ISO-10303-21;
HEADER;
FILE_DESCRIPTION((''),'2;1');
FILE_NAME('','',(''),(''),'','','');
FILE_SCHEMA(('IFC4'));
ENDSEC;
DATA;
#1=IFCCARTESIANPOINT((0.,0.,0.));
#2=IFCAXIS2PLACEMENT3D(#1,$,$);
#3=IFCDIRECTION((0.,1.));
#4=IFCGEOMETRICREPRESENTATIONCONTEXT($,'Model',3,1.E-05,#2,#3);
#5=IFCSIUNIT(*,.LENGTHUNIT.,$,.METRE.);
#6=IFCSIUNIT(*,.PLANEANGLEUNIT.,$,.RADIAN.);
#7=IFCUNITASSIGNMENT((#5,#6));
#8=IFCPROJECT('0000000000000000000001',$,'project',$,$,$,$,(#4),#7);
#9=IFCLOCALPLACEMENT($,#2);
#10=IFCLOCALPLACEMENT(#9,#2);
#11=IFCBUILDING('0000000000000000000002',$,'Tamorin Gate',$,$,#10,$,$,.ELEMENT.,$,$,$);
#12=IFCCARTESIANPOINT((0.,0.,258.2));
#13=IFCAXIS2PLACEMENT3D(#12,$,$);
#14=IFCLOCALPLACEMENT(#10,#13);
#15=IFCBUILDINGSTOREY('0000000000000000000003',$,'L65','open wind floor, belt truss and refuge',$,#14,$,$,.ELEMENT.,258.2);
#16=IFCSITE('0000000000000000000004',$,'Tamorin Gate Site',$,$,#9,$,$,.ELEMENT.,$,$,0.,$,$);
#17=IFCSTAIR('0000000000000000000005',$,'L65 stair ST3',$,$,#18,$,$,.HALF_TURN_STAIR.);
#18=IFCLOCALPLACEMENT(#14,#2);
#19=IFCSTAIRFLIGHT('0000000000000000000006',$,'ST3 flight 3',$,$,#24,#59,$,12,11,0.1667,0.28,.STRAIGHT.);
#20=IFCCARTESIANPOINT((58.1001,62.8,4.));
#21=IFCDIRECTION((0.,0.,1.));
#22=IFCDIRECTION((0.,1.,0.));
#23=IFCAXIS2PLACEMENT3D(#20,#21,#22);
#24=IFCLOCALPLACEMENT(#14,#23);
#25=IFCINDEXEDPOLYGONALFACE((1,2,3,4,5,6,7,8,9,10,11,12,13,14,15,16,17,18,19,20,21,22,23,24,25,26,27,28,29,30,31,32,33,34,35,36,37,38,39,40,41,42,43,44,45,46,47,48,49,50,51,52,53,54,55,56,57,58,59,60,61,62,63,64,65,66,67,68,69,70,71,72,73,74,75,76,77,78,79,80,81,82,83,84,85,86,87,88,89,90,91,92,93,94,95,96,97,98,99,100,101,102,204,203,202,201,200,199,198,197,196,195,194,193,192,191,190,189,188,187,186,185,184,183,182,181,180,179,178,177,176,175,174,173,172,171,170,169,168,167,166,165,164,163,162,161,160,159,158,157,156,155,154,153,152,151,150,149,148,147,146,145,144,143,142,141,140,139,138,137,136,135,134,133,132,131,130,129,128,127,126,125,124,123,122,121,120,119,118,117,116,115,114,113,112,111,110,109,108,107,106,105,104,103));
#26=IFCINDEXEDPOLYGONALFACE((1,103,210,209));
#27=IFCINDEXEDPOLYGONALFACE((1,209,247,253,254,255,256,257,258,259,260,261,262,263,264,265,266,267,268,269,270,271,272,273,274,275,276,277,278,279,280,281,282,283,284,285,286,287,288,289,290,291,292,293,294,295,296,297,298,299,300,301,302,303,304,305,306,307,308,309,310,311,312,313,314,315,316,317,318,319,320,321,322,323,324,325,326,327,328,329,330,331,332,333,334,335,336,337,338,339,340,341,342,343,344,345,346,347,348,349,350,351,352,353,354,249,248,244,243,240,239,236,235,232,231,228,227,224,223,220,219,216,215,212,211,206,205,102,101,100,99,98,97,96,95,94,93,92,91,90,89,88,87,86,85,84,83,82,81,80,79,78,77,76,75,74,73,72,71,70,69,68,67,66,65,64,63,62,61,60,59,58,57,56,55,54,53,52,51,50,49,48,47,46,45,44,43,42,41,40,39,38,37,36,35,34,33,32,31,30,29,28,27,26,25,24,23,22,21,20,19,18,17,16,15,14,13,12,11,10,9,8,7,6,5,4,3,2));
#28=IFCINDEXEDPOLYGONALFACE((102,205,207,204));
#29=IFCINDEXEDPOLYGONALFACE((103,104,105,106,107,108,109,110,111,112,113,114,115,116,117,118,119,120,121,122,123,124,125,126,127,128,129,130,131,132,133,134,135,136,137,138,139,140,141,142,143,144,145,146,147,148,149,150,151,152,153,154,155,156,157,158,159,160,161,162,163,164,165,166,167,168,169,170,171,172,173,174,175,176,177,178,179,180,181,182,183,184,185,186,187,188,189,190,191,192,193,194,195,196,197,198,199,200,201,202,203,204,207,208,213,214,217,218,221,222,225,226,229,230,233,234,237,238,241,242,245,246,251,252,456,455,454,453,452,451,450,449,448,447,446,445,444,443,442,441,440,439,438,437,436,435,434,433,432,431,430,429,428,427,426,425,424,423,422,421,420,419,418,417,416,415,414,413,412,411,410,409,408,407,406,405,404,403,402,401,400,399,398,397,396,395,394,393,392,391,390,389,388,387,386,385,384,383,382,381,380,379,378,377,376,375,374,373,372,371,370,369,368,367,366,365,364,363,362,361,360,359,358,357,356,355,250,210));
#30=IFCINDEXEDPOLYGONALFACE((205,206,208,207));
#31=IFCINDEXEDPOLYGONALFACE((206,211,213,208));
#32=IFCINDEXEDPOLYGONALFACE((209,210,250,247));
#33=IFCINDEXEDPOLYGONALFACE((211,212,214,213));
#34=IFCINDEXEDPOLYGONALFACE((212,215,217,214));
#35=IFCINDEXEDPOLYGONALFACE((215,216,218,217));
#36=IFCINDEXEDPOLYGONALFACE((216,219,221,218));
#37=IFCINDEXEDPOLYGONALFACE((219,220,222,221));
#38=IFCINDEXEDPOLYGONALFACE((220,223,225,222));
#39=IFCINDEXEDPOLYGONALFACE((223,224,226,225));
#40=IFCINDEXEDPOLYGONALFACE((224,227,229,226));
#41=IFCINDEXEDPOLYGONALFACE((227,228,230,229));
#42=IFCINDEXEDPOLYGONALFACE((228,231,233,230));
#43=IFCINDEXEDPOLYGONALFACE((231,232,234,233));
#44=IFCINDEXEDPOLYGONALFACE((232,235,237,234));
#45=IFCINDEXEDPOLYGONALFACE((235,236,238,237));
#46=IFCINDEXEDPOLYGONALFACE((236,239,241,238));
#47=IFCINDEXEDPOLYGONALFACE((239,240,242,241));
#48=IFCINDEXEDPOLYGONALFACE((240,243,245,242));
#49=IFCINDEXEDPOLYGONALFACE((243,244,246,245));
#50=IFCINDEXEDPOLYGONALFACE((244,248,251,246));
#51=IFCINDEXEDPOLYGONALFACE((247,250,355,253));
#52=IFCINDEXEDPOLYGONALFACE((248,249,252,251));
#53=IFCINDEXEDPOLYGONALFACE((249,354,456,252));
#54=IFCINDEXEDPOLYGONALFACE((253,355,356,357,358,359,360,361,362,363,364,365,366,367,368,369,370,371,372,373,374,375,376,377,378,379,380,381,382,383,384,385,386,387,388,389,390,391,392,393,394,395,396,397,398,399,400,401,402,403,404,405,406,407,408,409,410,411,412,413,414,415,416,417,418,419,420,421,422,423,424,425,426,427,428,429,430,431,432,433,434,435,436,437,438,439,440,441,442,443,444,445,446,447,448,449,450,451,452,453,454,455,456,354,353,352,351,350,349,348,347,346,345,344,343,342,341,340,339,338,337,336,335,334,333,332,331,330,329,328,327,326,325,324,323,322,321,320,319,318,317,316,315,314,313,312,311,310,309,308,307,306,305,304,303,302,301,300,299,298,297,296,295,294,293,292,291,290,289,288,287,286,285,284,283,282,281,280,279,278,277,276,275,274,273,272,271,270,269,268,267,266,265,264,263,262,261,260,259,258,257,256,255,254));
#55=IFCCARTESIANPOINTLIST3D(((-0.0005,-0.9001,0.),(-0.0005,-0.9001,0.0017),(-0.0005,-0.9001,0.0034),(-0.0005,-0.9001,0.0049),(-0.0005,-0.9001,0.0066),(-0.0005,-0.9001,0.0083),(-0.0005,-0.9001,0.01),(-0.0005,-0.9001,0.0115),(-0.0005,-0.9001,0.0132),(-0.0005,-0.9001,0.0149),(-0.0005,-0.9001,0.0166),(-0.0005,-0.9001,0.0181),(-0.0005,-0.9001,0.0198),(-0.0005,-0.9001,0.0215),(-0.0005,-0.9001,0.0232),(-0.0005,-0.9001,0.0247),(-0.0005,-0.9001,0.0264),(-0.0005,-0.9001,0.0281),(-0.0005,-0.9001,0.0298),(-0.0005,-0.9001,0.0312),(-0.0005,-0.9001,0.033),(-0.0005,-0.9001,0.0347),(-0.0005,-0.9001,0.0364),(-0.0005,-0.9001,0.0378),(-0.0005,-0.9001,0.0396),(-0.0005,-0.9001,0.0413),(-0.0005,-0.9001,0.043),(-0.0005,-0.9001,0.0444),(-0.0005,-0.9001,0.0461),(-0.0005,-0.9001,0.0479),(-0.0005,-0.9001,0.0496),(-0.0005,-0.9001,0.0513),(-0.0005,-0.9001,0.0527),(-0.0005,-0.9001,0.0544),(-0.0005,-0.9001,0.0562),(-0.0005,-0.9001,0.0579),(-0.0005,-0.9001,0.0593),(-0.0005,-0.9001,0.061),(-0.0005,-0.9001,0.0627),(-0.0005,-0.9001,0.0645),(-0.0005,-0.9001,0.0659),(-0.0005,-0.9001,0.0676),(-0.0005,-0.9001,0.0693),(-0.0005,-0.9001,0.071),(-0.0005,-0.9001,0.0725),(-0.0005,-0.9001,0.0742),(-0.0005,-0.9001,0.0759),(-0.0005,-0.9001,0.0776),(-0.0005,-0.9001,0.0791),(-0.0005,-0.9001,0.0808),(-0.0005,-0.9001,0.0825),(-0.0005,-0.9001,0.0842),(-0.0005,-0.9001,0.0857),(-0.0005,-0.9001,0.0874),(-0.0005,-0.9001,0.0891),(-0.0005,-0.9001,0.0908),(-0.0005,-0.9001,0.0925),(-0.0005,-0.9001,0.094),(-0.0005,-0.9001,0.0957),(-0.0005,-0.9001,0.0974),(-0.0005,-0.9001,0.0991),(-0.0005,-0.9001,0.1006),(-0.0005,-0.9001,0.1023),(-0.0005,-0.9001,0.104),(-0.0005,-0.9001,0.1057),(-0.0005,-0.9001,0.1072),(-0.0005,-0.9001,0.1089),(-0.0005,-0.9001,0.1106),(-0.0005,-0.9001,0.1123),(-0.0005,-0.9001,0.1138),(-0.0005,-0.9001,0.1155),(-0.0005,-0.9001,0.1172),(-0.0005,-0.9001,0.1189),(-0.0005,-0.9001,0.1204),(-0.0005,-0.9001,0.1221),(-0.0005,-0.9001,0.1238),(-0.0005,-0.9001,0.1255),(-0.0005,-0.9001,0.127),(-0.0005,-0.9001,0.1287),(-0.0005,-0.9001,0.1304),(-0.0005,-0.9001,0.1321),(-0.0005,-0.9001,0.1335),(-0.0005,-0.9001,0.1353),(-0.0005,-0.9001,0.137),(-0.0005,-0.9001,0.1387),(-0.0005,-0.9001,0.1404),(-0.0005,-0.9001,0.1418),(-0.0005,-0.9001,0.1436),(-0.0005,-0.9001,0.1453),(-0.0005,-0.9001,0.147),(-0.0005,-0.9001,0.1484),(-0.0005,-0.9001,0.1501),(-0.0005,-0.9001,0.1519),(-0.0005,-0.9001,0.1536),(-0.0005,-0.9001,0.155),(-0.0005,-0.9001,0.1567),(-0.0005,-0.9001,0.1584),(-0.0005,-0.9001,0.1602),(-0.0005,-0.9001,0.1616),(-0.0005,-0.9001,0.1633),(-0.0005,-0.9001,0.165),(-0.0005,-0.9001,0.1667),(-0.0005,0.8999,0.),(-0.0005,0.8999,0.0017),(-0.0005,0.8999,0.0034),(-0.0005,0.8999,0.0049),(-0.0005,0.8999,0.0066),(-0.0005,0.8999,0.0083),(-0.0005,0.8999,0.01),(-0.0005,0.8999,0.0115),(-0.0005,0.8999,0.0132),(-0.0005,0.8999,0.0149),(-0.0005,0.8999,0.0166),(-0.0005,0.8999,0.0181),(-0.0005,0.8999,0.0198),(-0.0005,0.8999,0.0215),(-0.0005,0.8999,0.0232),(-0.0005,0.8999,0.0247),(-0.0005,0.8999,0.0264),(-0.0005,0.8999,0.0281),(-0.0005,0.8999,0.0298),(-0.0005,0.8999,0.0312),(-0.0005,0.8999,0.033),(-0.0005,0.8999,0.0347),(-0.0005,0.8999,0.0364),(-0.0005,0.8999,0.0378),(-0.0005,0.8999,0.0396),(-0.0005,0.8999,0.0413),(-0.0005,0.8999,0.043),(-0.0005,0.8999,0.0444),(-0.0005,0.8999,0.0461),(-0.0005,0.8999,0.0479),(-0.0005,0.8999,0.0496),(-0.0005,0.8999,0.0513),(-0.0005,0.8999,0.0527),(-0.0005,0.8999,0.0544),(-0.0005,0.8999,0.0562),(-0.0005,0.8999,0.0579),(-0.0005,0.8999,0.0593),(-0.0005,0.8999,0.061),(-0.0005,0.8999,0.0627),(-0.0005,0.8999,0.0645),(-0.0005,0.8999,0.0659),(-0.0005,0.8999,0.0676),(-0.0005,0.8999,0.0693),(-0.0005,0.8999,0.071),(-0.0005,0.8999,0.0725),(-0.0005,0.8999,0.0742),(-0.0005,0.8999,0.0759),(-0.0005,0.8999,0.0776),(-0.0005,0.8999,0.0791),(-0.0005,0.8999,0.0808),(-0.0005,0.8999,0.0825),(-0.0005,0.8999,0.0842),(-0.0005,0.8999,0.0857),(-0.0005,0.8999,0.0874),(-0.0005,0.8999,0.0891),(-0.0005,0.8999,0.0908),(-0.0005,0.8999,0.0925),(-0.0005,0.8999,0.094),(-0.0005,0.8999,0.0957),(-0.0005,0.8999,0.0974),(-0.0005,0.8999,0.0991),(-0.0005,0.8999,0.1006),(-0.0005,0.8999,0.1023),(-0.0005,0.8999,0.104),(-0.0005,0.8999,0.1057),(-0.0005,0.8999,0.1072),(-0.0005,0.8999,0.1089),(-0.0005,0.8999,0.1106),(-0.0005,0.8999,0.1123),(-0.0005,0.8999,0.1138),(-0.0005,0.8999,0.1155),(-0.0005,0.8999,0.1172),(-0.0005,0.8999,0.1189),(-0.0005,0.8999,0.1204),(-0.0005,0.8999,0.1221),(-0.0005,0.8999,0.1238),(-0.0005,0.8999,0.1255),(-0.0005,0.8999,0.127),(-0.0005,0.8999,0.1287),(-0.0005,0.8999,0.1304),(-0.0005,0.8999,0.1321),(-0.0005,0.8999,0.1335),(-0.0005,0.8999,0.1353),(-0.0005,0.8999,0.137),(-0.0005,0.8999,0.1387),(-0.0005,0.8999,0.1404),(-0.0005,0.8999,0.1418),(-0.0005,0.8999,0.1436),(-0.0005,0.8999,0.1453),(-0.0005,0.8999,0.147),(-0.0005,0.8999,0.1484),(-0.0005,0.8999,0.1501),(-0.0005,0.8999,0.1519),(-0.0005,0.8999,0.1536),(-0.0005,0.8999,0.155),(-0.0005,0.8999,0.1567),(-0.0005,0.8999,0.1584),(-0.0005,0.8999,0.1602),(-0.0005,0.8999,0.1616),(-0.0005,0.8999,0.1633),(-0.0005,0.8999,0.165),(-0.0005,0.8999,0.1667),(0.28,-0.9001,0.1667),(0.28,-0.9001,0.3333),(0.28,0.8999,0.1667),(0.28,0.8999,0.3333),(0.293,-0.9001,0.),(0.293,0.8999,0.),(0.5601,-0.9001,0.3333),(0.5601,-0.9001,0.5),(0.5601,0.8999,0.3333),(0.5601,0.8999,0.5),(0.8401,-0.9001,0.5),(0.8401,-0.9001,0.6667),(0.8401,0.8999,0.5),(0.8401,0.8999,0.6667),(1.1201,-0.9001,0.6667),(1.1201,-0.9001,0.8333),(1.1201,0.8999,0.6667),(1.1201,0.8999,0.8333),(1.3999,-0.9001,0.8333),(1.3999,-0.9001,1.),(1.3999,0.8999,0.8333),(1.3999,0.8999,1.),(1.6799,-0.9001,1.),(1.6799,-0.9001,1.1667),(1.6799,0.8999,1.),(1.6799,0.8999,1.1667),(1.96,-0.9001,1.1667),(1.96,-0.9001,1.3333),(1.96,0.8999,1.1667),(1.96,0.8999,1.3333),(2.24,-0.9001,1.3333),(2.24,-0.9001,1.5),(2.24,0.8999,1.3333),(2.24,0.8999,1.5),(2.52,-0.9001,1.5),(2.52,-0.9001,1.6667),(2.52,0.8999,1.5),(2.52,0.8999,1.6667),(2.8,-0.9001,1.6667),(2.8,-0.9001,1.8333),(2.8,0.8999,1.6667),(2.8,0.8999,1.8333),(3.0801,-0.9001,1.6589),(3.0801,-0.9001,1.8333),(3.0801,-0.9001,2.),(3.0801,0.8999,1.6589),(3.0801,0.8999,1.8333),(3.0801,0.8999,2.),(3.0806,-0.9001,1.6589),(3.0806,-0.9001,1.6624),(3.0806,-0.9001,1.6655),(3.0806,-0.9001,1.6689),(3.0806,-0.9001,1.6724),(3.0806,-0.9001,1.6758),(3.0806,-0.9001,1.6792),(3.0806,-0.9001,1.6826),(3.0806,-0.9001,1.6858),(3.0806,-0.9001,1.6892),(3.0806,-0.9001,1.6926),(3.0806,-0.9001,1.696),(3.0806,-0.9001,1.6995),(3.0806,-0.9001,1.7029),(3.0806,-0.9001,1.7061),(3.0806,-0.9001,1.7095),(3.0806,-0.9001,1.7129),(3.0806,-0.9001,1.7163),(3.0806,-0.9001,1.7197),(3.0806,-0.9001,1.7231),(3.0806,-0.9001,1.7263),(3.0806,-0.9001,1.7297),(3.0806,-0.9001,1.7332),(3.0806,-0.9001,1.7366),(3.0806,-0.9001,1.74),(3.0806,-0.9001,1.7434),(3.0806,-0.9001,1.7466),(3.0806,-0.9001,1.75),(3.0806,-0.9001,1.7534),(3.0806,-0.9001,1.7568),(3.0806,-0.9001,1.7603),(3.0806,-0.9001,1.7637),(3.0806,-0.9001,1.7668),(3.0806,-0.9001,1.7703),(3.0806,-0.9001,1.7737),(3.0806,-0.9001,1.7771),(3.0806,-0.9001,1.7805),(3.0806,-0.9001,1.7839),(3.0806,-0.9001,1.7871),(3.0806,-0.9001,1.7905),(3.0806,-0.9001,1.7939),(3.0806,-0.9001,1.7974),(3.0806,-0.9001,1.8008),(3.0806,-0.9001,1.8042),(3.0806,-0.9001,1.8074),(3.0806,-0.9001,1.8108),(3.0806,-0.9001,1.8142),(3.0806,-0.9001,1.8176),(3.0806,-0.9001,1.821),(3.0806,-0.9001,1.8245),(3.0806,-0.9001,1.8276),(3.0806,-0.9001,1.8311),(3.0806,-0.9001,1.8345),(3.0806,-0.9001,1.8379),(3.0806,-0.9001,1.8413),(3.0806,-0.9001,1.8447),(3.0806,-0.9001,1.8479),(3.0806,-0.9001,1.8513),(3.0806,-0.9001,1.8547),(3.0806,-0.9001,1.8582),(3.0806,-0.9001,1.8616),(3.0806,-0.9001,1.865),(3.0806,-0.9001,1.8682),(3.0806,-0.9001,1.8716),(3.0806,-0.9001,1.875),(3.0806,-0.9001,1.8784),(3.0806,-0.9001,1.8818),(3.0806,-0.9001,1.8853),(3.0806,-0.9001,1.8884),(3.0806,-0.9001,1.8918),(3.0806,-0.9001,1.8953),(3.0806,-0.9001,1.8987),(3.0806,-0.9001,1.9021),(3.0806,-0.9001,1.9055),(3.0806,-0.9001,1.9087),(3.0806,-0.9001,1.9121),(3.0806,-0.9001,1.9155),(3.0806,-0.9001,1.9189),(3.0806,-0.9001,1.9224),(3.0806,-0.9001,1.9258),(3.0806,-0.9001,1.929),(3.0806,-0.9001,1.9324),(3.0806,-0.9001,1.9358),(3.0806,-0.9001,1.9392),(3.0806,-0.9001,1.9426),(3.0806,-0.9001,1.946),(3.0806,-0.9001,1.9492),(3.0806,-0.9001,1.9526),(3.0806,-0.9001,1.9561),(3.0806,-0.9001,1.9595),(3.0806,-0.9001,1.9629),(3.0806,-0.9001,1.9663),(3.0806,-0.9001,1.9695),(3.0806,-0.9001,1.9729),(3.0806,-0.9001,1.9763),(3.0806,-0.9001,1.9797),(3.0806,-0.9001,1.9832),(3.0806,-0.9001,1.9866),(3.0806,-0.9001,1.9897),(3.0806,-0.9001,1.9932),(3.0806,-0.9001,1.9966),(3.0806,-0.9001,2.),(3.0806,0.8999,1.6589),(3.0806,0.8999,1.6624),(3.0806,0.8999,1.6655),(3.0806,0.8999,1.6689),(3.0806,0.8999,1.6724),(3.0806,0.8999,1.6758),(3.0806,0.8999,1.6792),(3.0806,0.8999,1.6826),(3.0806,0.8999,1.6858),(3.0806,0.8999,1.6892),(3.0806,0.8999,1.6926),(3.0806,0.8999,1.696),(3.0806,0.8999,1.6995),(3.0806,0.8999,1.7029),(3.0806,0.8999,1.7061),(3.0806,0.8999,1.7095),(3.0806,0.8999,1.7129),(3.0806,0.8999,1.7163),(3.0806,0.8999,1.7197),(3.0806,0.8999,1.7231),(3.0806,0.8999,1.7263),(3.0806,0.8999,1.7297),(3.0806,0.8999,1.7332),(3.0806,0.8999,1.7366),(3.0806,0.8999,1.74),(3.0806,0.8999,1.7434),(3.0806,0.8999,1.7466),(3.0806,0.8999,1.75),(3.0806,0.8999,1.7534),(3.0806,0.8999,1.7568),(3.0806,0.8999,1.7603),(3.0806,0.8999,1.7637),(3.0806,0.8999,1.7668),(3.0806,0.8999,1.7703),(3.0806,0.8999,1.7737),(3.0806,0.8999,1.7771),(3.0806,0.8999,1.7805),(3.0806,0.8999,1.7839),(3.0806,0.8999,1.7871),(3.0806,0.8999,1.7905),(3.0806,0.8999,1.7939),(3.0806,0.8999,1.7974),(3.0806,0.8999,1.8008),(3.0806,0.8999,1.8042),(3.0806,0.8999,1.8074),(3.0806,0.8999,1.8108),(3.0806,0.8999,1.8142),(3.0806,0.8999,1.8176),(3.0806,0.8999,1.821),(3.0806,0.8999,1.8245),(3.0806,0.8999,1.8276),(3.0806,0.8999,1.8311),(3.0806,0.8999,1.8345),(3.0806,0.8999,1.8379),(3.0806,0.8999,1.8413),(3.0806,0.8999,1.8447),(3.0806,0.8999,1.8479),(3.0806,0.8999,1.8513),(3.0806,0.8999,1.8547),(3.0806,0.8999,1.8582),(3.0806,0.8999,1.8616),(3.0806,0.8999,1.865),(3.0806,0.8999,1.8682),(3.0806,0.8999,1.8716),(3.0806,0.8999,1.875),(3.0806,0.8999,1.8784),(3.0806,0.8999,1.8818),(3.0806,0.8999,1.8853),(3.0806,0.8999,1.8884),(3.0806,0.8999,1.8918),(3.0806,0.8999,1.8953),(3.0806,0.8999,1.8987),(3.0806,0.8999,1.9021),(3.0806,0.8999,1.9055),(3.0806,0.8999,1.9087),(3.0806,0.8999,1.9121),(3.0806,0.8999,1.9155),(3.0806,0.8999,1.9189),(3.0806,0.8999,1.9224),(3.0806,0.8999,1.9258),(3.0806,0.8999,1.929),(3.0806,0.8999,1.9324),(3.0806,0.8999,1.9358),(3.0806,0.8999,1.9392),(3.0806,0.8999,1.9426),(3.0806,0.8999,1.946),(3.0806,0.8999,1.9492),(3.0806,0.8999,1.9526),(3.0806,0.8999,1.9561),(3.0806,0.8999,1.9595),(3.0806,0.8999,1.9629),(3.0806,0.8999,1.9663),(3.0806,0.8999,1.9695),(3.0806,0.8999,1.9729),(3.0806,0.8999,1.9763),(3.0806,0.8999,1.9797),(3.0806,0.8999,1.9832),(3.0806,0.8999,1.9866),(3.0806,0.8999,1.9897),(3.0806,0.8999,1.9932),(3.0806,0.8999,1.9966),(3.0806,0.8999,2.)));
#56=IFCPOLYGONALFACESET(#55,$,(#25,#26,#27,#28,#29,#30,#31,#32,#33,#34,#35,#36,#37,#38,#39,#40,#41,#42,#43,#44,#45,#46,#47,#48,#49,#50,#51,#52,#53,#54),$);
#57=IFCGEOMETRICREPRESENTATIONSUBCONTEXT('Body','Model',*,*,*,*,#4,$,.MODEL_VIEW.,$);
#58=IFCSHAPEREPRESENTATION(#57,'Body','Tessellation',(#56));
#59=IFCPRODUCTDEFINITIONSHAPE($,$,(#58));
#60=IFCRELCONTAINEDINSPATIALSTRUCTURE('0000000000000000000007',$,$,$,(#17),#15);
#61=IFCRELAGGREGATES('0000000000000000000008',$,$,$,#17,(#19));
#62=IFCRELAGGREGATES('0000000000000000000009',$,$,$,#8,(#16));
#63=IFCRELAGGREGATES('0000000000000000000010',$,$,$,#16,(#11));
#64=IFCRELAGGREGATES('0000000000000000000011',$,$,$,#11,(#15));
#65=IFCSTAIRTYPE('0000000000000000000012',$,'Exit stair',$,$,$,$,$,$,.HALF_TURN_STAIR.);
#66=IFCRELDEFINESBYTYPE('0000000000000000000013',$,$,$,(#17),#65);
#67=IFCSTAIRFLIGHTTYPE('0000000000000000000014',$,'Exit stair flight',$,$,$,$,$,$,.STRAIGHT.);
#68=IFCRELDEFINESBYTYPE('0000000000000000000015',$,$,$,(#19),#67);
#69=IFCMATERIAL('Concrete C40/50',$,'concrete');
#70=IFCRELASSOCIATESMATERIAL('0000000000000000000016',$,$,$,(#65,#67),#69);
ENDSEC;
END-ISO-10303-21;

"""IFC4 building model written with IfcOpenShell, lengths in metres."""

from ifc_helpers import new_model, si_unit, direction, frame, origin, place, context, subcontext, project, spatial, polyline, outline, extrude, material, type_object, element, aggregate, save


model = new_model("IFC4")

# Units and contexts
model_context = context("Model", 3, precision=1e-05, world=origin(), true_north=direction((0.0, 1.0)))
body_context = subcontext(model_context, "Body", "Model", "MODEL_VIEW")
ifc_project = project(units=[si_unit("LENGTHUNIT", "METRE"), si_unit("PLANEANGLEUNIT", "RADIAN")], contexts=[model_context])

# Site, building, storey
site_placement = place(None, origin())
site = spatial("IfcSite", under=ifc_project, at=site_placement, Name="Tamorin Gate Site", CompositionType="ELEMENT", RefElevation=0.0)
building_placement = place(site_placement, origin())
building = spatial("IfcBuilding", under=site, at=building_placement, Name="Tamorin Gate", CompositionType="ELEMENT")
storey_placement = place(building_placement, frame((0.0, 0.0, 258.2)))
storey = spatial("IfcBuildingStorey", under=building, at=storey_placement, Name="L65", Description="open wind floor, belt truss and refuge", CompositionType="ELEMENT", Elevation=258.2)

# Shared definitions
ifc_material_1 = material(Name="Concrete C40/50", Category="concrete")

# Stair, stair flight
stair_type = type_object("IfcStairType", Name="Exit stair", PredefinedType="HALF_TURN_STAIR", material=ifc_material_1)
stair_placement = place(storey_placement, origin())
stair = element("IfcStair", 1, at=stair_placement, inside=storey, type_object=stair_type, Name="L65 stair ST3", PredefinedType="HALF_TURN_STAIR")
stair_flight_type = type_object("IfcStairFlightType", Name="Exit stair flight", PredefinedType="STRAIGHT", material=ifc_material_1)
stair_flight_1_placement = place(storey_placement, frame((58.1001, 62.8, 4.0), z_axis=(0.0, 0.0, 1.0), x_axis=(0.0, 1.0, 0.0)))
stair_flight_1 = element("IfcStairFlight", 2, at=stair_flight_1_placement, type_object=stair_flight_type, Name="ST3 flight 3", NumberOfRisers=12, NumberOfTreads=11, PredefinedType="STRAIGHT", RiserHeight=0.1667, TreadLength=0.28, context=body_context, shape_type="SweptSolid", body=[
    extrude(outline(polyline([(-0.0005, 0.0), (-0.0005, 0.0017), (-0.0005, 0.0034), (-0.0005, 0.0049), (-0.0005, 0.0066), (-0.0005, 0.0083), (-0.0005, 0.01), (-0.0005, 0.0115), (-0.0005, 0.0132), (-0.0005, 0.0149), (-0.0005, 0.0166), (-0.0005, 0.0181), (-0.0005, 0.0198), (-0.0005, 0.0215), (-0.0005, 0.0232), (-0.0005, 0.0247), (-0.0005, 0.0264), (-0.0005, 0.0281), (-0.0005, 0.0298), (-0.0005, 0.0312), (-0.0005, 0.033), (-0.0005, 0.0347), (-0.0005, 0.0364), (-0.0005, 0.0378), (-0.0005, 0.0396), (-0.0005, 0.0413), (-0.0005, 0.043), (-0.0005, 0.0444), (-0.0005, 0.0461), (-0.0005, 0.0479), (-0.0005, 0.0496), (-0.0005, 0.0513), (-0.0005, 0.0527), (-0.0005, 0.0544), (-0.0005, 0.0562), (-0.0005, 0.0579), (-0.0005, 0.0593), (-0.0005, 0.061), (-0.0005, 0.0627), (-0.0005, 0.0645), (-0.0005, 0.0659), (-0.0005, 0.0676), (-0.0005, 0.0693), (-0.0005, 0.071), (-0.0005, 0.0725), (-0.0005, 0.0742), (-0.0005, 0.0759), (-0.0005, 0.0776), (-0.0005, 0.0791), (-0.0005, 0.0808), (-0.0005, 0.0825), (-0.0005, 0.0842), (-0.0005, 0.0857), (-0.0005, 0.0874), (-0.0005, 0.0891), (-0.0005, 0.0908), (-0.0005, 0.0925), (-0.0005, 0.094), (-0.0005, 0.0957), (-0.0005, 0.0974), (-0.0005, 0.0991), (-0.0005, 0.1006), (-0.0005, 0.1023), (-0.0005, 0.104), (-0.0005, 0.1057), (-0.0005, 0.1072), (-0.0005, 0.1089), (-0.0005, 0.1106), (-0.0005, 0.1123), (-0.0005, 0.1138), (-0.0005, 0.1155), (-0.0005, 0.1172), (-0.0005, 0.1189), (-0.0005, 0.1204), (-0.0005, 0.1221), (-0.0005, 0.1238), (-0.0005, 0.1255), (-0.0005, 0.127), (-0.0005, 0.1287), (-0.0005, 0.1304), (-0.0005, 0.1321), (-0.0005, 0.1335), (-0.0005, 0.1353), (-0.0005, 0.137), (-0.0005, 0.1387), (-0.0005, 0.1404), (-0.0005, 0.1418), (-0.0005, 0.1436), (-0.0005, 0.1453), (-0.0005, 0.147), (-0.0005, 0.1484), (-0.0005, 0.1501), (-0.0005, 0.1519), (-0.0005, 0.1536), (-0.0005, 0.155), (-0.0005, 0.1567), (-0.0005, 0.1584), (-0.0005, 0.1602), (-0.0005, 0.1616), (-0.0005, 0.1633), (-0.0005, 0.165), (-0.0005, 0.1667), (0.28, 0.1667), (0.28, 0.3333), (0.5601, 0.3333), (0.5601, 0.5), (0.8401, 0.5), (0.8401, 0.6667), (1.1201, 0.6667), (1.1201, 0.8333), (1.3999, 0.8333), (1.3999, 1.0), (1.6799, 1.0), (1.6799, 1.1667), (1.96, 1.1667), (1.96, 1.3333), (2.24, 1.3333), (2.24, 1.5), (2.52, 1.5), (2.52, 1.6667), (2.8, 1.6667), (2.8, 1.8333), (3.0801, 1.8333), (3.0801, 2.0), (3.0806, 2.0), (3.0806, 1.9966), (3.0806, 1.9932), (3.0806, 1.9897), (3.0806, 1.9866), (3.0806, 1.9832), (3.0806, 1.9797), (3.0806, 1.9763), (3.0806, 1.9729), (3.0806, 1.9695), (3.0806, 1.9663), (3.0806, 1.9629), (3.0806, 1.9595), (3.0806, 1.9561), (3.0806, 1.9526), (3.0806, 1.9492), (3.0806, 1.946), (3.0806, 1.9426), (3.0806, 1.9392), (3.0806, 1.9358), (3.0806, 1.9324), (3.0806, 1.929), (3.0806, 1.9258), (3.0806, 1.9224), (3.0806, 1.9189), (3.0806, 1.9155), (3.0806, 1.9121), (3.0806, 1.9087), (3.0806, 1.9055), (3.0806, 1.9021), (3.0806, 1.8987), (3.0806, 1.8953), (3.0806, 1.8918), (3.0806, 1.8884), (3.0806, 1.8853), (3.0806, 1.8818), (3.0806, 1.8784), (3.0806, 1.875), (3.0806, 1.8716), (3.0806, 1.8682), (3.0806, 1.865), (3.0806, 1.8616), (3.0806, 1.8582), (3.0806, 1.8547), (3.0806, 1.8513), (3.0806, 1.8479), (3.0806, 1.8447), (3.0806, 1.8413), (3.0806, 1.8379), (3.0806, 1.8345), (3.0806, 1.8311), (3.0806, 1.8276), (3.0806, 1.8245), (3.0806, 1.821), (3.0806, 1.8176), (3.0806, 1.8142), (3.0806, 1.8108), (3.0806, 1.8074), (3.0806, 1.8042), (3.0806, 1.8008), (3.0806, 1.7974), (3.0806, 1.7939), (3.0806, 1.7905), (3.0806, 1.7871), (3.0806, 1.7839), (3.0806, 1.7805), (3.0806, 1.7771), (3.0806, 1.7737), (3.0806, 1.7703), (3.0806, 1.7668), (3.0806, 1.7637), (3.0806, 1.7603), (3.0806, 1.7568), (3.0806, 1.7534), (3.0806, 1.75), (3.0806, 1.7466), (3.0806, 1.7434), (3.0806, 1.74), (3.0806, 1.7366), (3.0806, 1.7332), (3.0806, 1.7297), (3.0806, 1.7263), (3.0806, 1.7231), (3.0806, 1.7197), (3.0806, 1.7163), (3.0806, 1.7129), (3.0806, 1.7095), (3.0806, 1.7061), (3.0806, 1.7029), (3.0806, 1.6995), (3.0806, 1.696), (3.0806, 1.6926), (3.0806, 1.6892), (3.0806, 1.6858), (3.0806, 1.6826), (3.0806, 1.6792), (3.0806, 1.6758), (3.0806, 1.6724), (3.0806, 1.6689), (3.0806, 1.6655), (3.0806, 1.6624), (3.0806, 1.6589), (3.0801, 1.6589), (0.293, 0.0), (-0.0005, 0.0)])), frame((0.0, 0.8999, 0.0), z_axis=(0.0, -1.0, 0.0), x_axis=(1.0, 0.0, 0.0)), (0.0, 0.0, 1.0), 1.8),
])
aggregate(stair, [stair_flight_1])

save(model, "model.ifc")
